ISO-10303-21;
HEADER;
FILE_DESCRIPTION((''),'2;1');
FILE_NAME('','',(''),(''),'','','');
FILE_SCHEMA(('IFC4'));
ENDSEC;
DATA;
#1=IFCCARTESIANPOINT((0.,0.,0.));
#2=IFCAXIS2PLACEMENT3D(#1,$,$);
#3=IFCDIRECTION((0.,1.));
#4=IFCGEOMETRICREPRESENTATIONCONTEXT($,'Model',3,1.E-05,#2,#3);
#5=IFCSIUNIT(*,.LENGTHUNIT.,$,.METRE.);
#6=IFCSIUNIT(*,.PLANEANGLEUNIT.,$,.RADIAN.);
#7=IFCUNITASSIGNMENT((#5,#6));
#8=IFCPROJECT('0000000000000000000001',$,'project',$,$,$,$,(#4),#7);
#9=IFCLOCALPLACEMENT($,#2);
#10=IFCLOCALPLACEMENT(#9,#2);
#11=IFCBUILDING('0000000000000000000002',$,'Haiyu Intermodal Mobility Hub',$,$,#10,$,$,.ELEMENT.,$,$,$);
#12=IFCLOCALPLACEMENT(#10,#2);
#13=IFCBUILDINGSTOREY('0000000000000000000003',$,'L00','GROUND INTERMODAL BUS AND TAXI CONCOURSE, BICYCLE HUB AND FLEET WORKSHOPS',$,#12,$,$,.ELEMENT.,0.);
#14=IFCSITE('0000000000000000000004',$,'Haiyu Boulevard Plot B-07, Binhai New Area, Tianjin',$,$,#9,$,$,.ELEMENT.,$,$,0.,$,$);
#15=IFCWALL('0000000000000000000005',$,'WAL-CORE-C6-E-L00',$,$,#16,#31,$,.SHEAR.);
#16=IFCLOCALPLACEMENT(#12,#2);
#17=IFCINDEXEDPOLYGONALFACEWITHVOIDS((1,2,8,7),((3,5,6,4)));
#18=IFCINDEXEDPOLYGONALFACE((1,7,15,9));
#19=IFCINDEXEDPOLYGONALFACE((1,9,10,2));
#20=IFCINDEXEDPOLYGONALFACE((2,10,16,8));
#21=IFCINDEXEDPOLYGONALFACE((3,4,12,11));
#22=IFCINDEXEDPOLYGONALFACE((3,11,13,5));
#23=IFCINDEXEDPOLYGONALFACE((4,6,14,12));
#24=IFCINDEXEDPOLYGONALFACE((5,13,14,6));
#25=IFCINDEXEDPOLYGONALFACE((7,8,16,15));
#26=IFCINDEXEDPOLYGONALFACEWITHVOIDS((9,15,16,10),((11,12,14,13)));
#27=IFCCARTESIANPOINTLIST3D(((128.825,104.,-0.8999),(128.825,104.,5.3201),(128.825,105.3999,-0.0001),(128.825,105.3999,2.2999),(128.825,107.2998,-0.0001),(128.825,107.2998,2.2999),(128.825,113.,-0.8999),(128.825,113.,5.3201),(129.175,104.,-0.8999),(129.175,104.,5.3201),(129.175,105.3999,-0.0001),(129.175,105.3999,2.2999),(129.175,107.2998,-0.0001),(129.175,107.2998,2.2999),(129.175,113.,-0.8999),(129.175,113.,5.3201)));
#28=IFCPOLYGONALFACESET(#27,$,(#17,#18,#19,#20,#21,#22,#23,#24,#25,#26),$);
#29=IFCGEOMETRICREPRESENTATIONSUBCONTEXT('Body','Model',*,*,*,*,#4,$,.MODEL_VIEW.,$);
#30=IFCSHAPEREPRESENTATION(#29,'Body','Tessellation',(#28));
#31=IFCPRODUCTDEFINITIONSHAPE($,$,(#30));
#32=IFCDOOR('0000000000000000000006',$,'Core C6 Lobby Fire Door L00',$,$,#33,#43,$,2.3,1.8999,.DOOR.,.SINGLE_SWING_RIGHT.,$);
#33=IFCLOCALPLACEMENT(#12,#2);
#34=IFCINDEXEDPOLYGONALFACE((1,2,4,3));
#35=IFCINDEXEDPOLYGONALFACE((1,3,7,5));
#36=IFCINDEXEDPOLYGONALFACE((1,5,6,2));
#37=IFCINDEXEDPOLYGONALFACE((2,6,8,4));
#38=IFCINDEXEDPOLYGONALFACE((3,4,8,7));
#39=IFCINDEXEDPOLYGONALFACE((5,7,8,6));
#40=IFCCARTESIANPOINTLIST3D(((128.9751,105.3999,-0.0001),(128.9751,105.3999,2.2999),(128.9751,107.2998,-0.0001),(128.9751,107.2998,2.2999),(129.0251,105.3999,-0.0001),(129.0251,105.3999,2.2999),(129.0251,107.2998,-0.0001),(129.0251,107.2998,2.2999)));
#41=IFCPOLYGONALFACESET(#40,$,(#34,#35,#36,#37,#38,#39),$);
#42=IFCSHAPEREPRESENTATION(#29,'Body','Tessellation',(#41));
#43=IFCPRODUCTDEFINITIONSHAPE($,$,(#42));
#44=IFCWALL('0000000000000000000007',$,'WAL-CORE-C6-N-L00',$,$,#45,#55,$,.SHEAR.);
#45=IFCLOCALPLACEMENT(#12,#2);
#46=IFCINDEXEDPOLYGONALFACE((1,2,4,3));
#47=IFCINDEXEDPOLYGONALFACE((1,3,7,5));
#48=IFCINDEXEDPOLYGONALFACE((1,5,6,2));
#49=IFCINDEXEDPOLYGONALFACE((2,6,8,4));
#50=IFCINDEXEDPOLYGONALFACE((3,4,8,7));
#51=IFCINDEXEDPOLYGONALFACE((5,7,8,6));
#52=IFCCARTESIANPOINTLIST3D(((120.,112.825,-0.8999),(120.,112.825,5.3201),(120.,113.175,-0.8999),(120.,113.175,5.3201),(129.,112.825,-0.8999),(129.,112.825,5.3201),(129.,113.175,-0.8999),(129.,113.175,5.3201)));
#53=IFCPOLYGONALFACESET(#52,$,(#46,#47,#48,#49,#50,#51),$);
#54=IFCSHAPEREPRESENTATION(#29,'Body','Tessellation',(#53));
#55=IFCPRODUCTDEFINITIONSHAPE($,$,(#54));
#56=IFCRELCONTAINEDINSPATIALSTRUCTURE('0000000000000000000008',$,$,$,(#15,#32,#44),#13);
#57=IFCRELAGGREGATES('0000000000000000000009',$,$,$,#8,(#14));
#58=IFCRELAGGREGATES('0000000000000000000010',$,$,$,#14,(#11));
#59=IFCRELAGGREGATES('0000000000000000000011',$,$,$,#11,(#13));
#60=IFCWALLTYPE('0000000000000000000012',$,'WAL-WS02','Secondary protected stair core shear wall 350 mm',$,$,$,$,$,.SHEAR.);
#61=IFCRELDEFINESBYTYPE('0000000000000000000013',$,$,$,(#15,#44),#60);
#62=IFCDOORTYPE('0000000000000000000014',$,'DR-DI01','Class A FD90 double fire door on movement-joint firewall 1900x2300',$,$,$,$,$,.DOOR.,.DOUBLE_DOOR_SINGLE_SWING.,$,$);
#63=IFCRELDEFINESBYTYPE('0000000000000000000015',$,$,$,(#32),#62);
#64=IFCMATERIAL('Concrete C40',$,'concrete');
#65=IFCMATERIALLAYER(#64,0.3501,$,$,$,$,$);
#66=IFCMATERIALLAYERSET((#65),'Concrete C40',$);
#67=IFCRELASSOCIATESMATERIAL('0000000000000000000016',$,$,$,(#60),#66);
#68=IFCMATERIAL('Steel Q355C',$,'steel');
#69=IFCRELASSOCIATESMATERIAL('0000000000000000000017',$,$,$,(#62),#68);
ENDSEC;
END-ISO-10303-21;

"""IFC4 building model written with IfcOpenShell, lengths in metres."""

from ifc_helpers import new_model, si_unit, direction, frame, frame_2d, origin, place, context, subcontext, project, spatial, rectangle, extrude, material, layer, layer_set, type_object, element, fill, save


model = new_model("IFC4")

# Units and contexts
model_context = context("Model", 3, precision=1e-05, world=origin(), true_north=direction((0.0, 1.0)))
body_context = subcontext(model_context, "Body", "Model", "MODEL_VIEW")
ifc_project = project(units=[si_unit("LENGTHUNIT", "METRE"), si_unit("PLANEANGLEUNIT", "RADIAN")], contexts=[model_context])

# Site, building, storey
site_placement = place(None, origin())
site = spatial("IfcSite", under=ifc_project, at=site_placement, Name="Haiyu Boulevard Plot B-07, Binhai New Area, Tianjin", CompositionType="ELEMENT", RefElevation=0.0)
building_placement = place(site_placement, origin())
building = spatial("IfcBuilding", under=site, at=building_placement, Name="Haiyu Intermodal Mobility Hub", CompositionType="ELEMENT")
storey_placement = place(building_placement, origin())
storey = spatial("IfcBuildingStorey", under=building, at=storey_placement, Name="L00", Description="GROUND INTERMODAL BUS AND TAXI CONCOURSE, BICYCLE HUB AND FLEET WORKSHOPS", CompositionType="ELEMENT", Elevation=0.0)

# Shared definitions
ifc_material_1 = material(Name="Concrete C40", Category="concrete")

# Wall, opening, door
ifc_layer_1 = layer(ifc_material_1, 0.3501)
ifc_layer_set_1 = layer_set([ifc_layer_1], Name="Concrete C40")
wall_type_1 = type_object("IfcWallType", Name="WAL-WS02", Description="Secondary protected stair core shear wall 350 mm", PredefinedType="SHEAR", material=ifc_layer_set_1)
wall_1_placement = place(storey_placement, frame((129.0, 104.0, -0.8999), z_axis=(0.0, 0.0, 1.0), x_axis=(0.0, 1.0, 0.0)))
wall_1 = element("IfcWall", 1, at=wall_1_placement, inside=storey, type_object=wall_type_1, Name="WAL-CORE-C6-E-L00", PredefinedType="SHEAR", context=body_context, shape_type="SweptSolid", body=[
    extrude(rectangle(XDim=9.0, YDim=0.3501, at=frame_2d((4.5, 0.0))), origin(), (0.0, 0.0, 1.0), 6.22),
])
opening_1_placement = place(wall_1_placement, frame((1.3999, 0.0, 0.8999)))
opening_1 = element("IfcOpeningElement", 2, at=opening_1_placement, cuts=wall_1, PredefinedType="OPENING", context=body_context, shape_type="SweptSolid", body=[
    extrude(rectangle(XDim=1.8999, YDim=2.3, at=frame_2d((0.95, 1.1499))), frame((0.0, 0.1851, 0.0), z_axis=(0.0, -1.0, 0.0), x_axis=(1.0, 0.0, 0.0)), (0.0, 0.0, 1.0), 0.3701),
])
ifc_material_2 = material(Name="Steel Q355C", Category="steel")
door_type_1 = type_object("IfcDoorType", Name="DR-DI01", Description="Class A FD90 double fire door on movement-joint firewall 1900x2300", OperationType="DOUBLE_DOOR_SINGLE_SWING", PredefinedType="DOOR", material=ifc_material_2)
door_1_placement = place(opening_1_placement, origin())
door_1 = element("IfcDoor", 3, at=door_1_placement, inside=storey, type_object=door_type_1, Name="Core C6 Lobby Fire Door L00", OperationType="SINGLE_SWING_RIGHT", OverallHeight=2.3, OverallWidth=1.8999, PredefinedType="DOOR", context=body_context, shape_type="SweptSolid", body=[
    extrude(rectangle(XDim=1.8999, YDim=2.3, at=frame_2d((0.95, 1.1499))), frame((0.0, 0.0249, 0.0), z_axis=(0.0, -1.0, 0.0), x_axis=(1.0, 0.0, 0.0)), (0.0, 0.0, 1.0), 0.05),
])
fill(opening_1, door_1)

# Wall
wall_2_placement = place(storey_placement, frame((129.0, 113.0, -0.8999), z_axis=(0.0, 0.0, 1.0), x_axis=(-1.0, 0.0, 0.0)))
element("IfcWall", 4, at=wall_2_placement, inside=storey, type_object=wall_type_1, Name="WAL-CORE-C6-N-L00", PredefinedType="SHEAR", context=body_context, shape_type="SweptSolid", body=[
    extrude(rectangle(XDim=9.0, YDim=0.3501, at=frame_2d((4.5, 0.0))), origin(), (0.0, 0.0, 1.0), 6.22),
])

save(model, "model.ifc")
